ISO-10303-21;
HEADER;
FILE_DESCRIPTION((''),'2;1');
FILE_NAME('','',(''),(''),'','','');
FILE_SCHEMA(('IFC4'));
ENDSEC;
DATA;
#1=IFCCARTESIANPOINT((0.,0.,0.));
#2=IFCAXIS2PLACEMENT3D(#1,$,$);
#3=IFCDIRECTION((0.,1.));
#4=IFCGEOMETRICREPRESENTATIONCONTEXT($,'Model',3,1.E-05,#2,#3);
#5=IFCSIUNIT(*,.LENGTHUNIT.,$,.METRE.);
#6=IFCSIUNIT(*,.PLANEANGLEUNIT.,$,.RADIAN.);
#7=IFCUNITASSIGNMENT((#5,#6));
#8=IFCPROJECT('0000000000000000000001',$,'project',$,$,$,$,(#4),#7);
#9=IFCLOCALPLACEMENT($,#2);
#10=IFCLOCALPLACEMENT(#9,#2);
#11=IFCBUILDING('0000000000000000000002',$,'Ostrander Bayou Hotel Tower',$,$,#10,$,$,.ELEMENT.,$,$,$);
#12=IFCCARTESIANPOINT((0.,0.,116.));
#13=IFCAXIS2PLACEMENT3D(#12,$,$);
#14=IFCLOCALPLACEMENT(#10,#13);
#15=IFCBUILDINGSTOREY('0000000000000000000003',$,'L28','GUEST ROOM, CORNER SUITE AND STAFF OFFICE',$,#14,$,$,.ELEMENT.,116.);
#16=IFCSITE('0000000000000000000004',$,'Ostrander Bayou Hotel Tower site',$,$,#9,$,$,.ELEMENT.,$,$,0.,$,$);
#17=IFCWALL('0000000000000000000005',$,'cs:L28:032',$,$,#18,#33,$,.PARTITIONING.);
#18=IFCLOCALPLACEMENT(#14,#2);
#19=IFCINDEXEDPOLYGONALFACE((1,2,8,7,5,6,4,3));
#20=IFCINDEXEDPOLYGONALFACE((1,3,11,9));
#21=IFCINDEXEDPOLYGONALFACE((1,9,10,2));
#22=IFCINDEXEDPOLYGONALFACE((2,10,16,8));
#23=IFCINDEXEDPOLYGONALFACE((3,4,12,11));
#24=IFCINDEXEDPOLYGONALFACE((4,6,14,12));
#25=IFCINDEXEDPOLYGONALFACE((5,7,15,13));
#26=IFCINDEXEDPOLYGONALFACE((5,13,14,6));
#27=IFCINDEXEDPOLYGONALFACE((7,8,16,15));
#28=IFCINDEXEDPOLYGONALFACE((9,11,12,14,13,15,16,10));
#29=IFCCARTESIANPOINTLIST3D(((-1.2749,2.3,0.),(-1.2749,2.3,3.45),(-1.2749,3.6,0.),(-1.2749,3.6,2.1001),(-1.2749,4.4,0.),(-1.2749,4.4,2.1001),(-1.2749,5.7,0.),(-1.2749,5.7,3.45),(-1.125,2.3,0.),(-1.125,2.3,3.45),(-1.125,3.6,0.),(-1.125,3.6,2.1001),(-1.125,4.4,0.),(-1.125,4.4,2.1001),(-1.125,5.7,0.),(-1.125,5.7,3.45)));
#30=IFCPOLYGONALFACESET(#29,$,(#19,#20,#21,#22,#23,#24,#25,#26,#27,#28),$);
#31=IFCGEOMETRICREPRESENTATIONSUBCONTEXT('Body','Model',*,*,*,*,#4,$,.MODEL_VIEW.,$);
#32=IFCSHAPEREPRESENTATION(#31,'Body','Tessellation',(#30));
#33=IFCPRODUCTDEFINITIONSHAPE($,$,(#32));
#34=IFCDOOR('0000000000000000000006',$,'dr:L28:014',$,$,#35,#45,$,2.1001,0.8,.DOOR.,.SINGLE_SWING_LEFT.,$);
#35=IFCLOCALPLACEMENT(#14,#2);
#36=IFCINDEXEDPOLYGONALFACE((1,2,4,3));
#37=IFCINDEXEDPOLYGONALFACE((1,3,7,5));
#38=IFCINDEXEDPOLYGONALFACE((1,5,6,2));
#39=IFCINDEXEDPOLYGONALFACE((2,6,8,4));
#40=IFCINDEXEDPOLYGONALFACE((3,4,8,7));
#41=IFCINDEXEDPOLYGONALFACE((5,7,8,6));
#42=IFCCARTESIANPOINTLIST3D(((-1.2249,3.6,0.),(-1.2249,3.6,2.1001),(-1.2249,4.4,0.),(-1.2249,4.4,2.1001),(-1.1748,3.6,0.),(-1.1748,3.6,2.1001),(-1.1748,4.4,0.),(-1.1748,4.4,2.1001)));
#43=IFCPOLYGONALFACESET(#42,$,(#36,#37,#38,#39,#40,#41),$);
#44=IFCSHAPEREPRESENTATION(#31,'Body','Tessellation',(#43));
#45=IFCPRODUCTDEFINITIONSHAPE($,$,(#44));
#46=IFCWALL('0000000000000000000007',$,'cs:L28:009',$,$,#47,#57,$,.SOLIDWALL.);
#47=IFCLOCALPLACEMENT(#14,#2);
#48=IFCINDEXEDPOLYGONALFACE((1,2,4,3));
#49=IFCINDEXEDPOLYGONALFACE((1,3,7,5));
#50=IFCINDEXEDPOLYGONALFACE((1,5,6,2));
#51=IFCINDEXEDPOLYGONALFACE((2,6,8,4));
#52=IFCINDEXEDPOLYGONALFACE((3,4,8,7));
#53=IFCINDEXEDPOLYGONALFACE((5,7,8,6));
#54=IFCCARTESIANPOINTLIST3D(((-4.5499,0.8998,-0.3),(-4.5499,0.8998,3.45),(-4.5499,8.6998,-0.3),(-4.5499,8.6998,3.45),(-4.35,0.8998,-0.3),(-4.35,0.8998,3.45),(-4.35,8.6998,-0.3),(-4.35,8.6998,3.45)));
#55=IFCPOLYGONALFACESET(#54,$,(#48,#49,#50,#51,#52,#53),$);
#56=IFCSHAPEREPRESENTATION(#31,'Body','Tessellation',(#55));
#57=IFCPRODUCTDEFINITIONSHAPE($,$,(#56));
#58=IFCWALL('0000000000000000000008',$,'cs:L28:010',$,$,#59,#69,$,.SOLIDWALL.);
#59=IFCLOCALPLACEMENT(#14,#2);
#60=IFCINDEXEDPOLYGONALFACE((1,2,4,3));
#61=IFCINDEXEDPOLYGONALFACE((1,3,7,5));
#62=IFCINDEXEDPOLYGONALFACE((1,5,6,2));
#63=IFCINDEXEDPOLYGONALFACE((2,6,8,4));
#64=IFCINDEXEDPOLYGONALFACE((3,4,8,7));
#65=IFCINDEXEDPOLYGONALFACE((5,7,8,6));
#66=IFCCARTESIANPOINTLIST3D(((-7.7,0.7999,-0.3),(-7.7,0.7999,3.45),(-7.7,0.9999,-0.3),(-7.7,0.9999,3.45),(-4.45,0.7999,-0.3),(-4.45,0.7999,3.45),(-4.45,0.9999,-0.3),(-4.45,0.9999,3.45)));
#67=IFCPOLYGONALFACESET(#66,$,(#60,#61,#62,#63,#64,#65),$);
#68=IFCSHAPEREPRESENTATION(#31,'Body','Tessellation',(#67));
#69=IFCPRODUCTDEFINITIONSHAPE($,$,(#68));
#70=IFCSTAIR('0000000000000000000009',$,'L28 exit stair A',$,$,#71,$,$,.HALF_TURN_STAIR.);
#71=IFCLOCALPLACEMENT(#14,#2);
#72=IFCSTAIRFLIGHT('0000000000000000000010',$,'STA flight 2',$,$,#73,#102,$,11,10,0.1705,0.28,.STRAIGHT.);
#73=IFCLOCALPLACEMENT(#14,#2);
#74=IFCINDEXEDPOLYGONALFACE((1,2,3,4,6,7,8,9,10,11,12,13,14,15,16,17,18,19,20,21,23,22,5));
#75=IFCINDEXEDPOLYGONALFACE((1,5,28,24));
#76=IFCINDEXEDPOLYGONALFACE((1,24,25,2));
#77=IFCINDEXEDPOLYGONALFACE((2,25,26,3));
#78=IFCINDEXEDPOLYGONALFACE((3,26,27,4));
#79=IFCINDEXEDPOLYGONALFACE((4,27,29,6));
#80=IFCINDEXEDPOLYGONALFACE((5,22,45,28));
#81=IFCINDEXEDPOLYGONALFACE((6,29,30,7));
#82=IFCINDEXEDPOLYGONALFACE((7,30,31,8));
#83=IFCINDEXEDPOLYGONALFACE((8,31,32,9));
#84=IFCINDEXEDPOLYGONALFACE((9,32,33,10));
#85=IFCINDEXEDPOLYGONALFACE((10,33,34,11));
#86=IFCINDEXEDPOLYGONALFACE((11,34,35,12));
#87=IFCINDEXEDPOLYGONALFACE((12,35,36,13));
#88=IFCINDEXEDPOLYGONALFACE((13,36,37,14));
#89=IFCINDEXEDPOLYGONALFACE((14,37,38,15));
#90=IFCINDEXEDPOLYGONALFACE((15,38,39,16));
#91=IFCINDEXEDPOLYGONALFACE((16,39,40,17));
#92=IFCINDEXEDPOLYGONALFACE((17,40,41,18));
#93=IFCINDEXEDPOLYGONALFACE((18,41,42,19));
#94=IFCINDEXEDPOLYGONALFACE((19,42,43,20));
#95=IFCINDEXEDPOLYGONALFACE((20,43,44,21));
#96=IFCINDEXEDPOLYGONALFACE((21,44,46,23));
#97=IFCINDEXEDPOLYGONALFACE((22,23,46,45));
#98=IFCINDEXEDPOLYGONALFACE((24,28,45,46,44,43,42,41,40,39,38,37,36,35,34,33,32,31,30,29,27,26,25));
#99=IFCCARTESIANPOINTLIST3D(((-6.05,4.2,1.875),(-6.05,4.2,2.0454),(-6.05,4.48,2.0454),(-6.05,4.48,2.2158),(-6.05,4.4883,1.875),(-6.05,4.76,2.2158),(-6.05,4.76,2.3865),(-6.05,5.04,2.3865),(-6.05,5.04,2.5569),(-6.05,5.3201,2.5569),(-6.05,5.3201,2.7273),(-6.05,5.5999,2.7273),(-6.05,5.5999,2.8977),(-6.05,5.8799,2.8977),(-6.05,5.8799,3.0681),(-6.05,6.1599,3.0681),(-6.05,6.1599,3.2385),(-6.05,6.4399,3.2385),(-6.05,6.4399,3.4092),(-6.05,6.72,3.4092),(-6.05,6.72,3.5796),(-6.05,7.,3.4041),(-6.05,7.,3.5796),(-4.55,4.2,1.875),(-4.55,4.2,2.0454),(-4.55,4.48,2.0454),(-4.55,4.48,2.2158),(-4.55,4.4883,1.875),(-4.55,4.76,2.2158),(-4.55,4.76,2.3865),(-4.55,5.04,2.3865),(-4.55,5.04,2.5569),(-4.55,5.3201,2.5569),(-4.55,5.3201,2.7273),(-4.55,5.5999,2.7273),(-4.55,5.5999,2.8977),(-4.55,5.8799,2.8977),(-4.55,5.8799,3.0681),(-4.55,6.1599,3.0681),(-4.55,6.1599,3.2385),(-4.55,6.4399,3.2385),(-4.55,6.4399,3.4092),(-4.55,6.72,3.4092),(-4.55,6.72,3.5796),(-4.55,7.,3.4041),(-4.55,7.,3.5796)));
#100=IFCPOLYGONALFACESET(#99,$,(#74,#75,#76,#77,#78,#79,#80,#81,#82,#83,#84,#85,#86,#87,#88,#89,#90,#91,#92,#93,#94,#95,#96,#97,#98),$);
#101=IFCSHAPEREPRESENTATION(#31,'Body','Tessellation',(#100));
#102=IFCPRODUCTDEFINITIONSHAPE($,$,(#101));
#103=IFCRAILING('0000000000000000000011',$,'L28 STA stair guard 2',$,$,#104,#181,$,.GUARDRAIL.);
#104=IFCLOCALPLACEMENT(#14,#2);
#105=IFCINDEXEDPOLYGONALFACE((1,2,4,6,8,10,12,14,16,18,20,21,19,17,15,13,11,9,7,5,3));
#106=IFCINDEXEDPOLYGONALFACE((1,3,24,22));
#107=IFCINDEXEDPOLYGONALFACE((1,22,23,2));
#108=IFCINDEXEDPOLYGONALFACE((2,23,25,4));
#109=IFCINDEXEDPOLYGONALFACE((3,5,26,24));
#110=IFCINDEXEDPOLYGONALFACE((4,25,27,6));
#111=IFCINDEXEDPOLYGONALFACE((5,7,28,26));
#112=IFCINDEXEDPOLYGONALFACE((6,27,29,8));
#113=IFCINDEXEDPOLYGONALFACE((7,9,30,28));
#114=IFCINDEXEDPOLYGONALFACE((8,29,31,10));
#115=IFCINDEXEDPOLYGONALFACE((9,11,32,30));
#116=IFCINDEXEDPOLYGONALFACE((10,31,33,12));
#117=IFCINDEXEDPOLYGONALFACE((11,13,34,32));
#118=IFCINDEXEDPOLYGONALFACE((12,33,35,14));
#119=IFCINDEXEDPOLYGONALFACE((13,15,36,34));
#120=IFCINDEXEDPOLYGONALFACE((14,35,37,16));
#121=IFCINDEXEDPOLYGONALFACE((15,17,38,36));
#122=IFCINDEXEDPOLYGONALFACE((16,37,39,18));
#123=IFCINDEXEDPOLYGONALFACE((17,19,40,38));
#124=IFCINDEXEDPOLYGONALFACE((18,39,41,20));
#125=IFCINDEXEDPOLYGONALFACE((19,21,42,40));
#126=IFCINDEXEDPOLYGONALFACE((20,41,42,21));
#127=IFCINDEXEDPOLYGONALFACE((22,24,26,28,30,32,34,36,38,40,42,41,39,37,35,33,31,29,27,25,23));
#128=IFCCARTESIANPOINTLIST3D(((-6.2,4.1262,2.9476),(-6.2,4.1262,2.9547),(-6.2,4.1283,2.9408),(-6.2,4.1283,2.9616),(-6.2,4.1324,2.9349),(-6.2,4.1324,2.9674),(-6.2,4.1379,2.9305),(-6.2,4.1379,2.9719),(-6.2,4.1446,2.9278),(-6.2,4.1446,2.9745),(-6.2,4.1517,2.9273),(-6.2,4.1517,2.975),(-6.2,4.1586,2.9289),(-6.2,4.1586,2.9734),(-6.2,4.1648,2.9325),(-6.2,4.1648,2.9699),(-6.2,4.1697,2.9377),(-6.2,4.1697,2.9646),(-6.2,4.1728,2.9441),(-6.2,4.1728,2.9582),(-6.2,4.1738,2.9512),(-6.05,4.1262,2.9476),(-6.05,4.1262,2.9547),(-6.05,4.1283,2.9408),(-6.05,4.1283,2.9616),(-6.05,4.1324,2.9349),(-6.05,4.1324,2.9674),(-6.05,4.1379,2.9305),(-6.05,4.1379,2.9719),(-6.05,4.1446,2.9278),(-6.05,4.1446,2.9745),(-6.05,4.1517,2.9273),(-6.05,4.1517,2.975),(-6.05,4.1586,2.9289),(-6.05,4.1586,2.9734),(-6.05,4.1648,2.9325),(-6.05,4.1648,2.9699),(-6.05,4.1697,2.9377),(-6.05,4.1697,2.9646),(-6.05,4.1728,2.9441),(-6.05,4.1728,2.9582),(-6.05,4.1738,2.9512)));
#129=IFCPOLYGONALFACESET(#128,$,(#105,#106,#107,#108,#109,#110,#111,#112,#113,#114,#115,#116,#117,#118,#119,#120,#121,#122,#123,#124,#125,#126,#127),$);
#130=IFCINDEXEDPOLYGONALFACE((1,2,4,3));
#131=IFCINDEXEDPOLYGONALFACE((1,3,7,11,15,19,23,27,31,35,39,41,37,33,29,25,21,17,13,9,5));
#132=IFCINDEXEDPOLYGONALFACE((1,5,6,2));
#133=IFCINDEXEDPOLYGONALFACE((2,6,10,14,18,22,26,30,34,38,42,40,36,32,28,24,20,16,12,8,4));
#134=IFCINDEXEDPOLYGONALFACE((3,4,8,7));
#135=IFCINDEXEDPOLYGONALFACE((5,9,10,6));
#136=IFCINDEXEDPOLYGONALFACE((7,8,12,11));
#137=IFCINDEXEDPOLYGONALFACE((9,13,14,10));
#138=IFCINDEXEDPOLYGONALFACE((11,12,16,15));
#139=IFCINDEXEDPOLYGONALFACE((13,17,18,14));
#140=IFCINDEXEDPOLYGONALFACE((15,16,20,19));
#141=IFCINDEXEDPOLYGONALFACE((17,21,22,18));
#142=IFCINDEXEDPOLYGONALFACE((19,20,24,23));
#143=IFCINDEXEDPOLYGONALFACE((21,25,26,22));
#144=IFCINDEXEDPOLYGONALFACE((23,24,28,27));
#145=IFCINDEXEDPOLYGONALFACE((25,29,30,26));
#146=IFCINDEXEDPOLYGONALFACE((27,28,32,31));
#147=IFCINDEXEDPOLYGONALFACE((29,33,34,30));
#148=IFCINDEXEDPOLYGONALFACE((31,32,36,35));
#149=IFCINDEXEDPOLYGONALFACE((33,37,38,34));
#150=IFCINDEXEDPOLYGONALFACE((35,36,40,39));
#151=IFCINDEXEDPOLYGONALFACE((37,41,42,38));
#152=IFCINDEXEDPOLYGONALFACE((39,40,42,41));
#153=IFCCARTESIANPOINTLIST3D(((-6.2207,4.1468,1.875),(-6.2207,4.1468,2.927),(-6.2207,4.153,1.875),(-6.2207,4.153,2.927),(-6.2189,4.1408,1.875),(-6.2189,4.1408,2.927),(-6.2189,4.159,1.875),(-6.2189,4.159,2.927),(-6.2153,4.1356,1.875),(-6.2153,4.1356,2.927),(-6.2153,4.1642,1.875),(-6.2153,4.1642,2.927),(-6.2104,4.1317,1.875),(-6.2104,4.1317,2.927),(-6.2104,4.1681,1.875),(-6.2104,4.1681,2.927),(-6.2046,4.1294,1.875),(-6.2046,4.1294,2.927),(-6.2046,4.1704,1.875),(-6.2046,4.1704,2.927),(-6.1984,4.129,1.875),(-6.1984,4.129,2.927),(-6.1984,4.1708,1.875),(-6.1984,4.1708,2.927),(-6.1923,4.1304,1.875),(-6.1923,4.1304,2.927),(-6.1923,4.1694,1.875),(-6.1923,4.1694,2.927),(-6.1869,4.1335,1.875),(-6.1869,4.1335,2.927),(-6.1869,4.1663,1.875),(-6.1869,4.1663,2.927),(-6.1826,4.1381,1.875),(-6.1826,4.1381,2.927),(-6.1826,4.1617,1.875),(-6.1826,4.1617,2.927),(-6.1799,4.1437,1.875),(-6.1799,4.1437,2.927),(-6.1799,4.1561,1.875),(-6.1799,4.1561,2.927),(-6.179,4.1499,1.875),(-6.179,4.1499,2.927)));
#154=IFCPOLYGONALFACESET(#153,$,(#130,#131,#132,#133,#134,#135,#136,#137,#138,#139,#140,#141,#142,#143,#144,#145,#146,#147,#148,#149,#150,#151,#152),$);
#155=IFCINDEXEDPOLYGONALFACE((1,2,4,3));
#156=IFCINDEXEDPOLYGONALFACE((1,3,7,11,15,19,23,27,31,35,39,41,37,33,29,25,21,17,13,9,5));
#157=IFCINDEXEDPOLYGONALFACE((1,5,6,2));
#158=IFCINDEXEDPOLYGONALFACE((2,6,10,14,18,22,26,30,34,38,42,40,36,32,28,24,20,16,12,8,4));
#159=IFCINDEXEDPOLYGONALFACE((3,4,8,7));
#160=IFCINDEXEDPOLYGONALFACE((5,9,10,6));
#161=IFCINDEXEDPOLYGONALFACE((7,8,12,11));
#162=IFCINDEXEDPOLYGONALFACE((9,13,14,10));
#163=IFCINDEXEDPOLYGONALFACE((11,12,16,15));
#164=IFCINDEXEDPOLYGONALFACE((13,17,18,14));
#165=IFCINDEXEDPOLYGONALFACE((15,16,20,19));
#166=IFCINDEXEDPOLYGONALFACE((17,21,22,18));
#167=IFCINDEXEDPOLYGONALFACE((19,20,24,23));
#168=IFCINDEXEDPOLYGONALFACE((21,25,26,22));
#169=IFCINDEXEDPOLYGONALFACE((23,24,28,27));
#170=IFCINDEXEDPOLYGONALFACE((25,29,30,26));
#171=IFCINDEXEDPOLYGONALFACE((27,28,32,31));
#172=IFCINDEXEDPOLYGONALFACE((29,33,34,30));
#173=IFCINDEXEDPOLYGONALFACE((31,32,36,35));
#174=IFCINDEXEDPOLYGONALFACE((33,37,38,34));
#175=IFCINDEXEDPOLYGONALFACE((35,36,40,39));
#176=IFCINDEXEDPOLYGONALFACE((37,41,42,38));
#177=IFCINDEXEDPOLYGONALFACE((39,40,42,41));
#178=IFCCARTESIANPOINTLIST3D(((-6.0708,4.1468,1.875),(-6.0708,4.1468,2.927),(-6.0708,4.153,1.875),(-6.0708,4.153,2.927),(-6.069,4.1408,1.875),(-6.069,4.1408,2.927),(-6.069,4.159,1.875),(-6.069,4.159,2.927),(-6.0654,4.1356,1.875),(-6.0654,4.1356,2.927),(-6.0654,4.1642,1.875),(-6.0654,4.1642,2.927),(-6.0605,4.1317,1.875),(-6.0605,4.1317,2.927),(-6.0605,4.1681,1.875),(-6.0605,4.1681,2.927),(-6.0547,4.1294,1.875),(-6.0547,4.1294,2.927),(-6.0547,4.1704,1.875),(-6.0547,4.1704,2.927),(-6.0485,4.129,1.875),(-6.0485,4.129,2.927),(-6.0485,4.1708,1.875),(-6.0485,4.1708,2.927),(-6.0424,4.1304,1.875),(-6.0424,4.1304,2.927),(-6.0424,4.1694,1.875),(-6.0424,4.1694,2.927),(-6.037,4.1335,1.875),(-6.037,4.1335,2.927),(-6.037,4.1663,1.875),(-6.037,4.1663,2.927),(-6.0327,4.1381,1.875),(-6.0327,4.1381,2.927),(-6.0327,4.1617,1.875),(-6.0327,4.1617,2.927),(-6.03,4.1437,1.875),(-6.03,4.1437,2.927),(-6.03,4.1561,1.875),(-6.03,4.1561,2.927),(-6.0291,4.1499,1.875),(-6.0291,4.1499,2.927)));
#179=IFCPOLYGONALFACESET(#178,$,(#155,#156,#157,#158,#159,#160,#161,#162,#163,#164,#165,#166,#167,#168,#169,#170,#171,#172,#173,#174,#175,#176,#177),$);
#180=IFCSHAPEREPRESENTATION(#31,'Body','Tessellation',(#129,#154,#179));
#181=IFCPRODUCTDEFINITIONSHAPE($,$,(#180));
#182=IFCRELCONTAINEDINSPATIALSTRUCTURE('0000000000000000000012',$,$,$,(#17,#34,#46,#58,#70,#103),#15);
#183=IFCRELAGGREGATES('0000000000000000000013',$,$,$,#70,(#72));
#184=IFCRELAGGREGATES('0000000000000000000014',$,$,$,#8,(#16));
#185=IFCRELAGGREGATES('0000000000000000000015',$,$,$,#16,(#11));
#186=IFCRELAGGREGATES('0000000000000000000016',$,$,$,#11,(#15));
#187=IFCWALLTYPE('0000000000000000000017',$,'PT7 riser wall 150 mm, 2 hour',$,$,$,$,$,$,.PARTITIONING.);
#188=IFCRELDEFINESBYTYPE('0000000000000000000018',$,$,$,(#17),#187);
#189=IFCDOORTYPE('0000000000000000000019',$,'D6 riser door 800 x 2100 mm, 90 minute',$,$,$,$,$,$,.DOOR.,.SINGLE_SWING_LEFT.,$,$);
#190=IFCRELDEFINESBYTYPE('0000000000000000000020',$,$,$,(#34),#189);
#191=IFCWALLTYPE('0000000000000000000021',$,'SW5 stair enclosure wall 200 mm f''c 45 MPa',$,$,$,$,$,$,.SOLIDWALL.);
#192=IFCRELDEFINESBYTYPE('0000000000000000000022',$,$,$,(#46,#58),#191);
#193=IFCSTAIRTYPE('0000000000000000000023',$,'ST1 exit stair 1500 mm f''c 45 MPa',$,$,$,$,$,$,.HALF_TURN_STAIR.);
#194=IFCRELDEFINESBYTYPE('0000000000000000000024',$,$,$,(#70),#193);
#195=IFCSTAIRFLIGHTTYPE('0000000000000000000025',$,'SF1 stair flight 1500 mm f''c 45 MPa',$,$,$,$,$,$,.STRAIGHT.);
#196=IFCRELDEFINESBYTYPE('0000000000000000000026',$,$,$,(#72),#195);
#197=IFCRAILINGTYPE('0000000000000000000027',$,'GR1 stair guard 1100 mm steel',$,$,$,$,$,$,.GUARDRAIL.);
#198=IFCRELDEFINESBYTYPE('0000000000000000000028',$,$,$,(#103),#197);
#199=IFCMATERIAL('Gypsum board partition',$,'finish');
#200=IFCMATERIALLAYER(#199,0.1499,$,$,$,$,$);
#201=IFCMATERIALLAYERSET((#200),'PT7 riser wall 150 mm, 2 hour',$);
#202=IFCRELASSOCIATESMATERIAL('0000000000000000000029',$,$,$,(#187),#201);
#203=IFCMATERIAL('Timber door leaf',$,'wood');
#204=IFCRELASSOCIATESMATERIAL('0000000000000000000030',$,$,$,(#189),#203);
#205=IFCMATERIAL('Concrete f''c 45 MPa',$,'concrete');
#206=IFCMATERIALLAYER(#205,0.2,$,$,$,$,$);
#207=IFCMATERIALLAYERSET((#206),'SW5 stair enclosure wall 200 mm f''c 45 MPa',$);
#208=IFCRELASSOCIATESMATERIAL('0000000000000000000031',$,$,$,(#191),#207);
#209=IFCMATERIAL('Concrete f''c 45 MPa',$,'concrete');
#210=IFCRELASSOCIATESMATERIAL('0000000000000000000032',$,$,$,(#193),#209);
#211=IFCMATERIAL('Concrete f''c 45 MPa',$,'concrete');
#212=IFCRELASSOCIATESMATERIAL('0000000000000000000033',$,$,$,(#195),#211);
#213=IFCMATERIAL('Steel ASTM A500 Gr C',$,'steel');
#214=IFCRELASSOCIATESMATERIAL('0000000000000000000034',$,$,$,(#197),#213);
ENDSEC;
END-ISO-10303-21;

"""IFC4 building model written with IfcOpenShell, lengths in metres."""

from ifc_helpers import new_model, si_unit, direction, frame, frame_2d, origin, origin_2d, place, context, subcontext, project, spatial, polyline, rectangle, circle, outline, extrude, material, layer, layer_set, type_object, element, fill, aggregate, save


model = new_model("IFC4")

# Units and contexts
model_context = context("Model", 3, precision=1e-05, world=origin(), true_north=direction((0.0, 1.0)))
body_context = subcontext(model_context, "Body", "Model", "MODEL_VIEW")
ifc_project = project(units=[si_unit("LENGTHUNIT", "METRE"), si_unit("PLANEANGLEUNIT", "RADIAN")], contexts=[model_context])

# Site, building, storey
site_placement = place(None, origin())
site = spatial("IfcSite", under=ifc_project, at=site_placement, Name="Ostrander Bayou Hotel Tower site", CompositionType="ELEMENT", RefElevation=0.0)
building_placement = place(site_placement, origin())
building = spatial("IfcBuilding", under=site, at=building_placement, Name="Ostrander Bayou Hotel Tower", CompositionType="ELEMENT")
storey_placement = place(building_placement, frame((0.0, 0.0, 116.0)))
storey = spatial("IfcBuildingStorey", under=building, at=storey_placement, Name="L28", Description="GUEST ROOM, CORNER SUITE AND STAFF OFFICE", CompositionType="ELEMENT", Elevation=116.0)

# Shared definitions
ifc_material_1 = material(Name="Gypsum board partition", Category="finish")
ifc_layer_1 = layer(ifc_material_1, 0.1499)
ifc_layer_set_1 = layer_set([ifc_layer_1], Name="PT7 riser wall 150 mm, 2 hour")
wall_type_1 = type_object("IfcWallType", Name="PT7 riser wall 150 mm, 2 hour", PredefinedType="PARTITIONING", material=ifc_layer_set_1)

# Wall, opening, door
wall_1_placement = place(storey_placement, frame((-1.2, 2.3, 0.0), z_axis=(0.0, 0.0, 1.0), x_axis=(0.0, 1.0, 0.0)))
wall_1 = element("IfcWall", 1, at=wall_1_placement, inside=storey, type_object=wall_type_1, Name="cs:L28:032", PredefinedType="PARTITIONING", context=body_context, shape_type="SweptSolid", body=[
    extrude(rectangle(XDim=3.3999, YDim=0.1499, at=frame_2d((1.7, 0.0))), origin(), (0.0, 0.0, 1.0), 3.45),
])
opening_1_placement = place(wall_1_placement, frame((1.3, 0.0, 0.0)))
opening_1 = element("IfcOpeningElement", 2, at=opening_1_placement, cuts=wall_1, PredefinedType="OPENING", context=body_context, shape_type="SweptSolid", body=[
    extrude(rectangle(XDim=0.8, YDim=2.1001, at=frame_2d((0.3999, 1.05))), frame((0.0, 0.075, 0.0), z_axis=(0.0, -1.0, 0.0), x_axis=(1.0, 0.0, 0.0)), (0.0, 0.0, 1.0), 0.1499),
])
ifc_material_2 = material(Name="Timber door leaf", Category="wood")
door_type_1 = type_object("IfcDoorType", Name="D6 riser door 800 x 2100 mm, 90 minute", OperationType="SINGLE_SWING_LEFT", PredefinedType="DOOR", material=ifc_material_2)
door_1_placement = place(opening_1_placement, origin())
door_1 = element("IfcDoor", 3, at=door_1_placement, inside=storey, type_object=door_type_1, Name="dr:L28:014", OperationType="SINGLE_SWING_LEFT", OverallHeight=2.1001, OverallWidth=0.8, PredefinedType="DOOR", context=body_context, shape_type="SweptSolid", body=[
    extrude(rectangle(XDim=0.8, YDim=2.1001, at=frame_2d((0.3999, 1.05))), frame((0.0, 0.0249, 0.0), z_axis=(0.0, -1.0, 0.0), x_axis=(1.0, 0.0, 0.0)), (0.0, 0.0, 1.0), 0.05),
])
fill(opening_1, door_1)

# Walls
ifc_material_3 = material(Name="Concrete f'c 45 MPa", Category="concrete")
ifc_layer_2 = layer(ifc_material_3, 0.2)
ifc_layer_set_2 = layer_set([ifc_layer_2], Name="SW5 stair enclosure wall 200 mm f'c 45 MPa")
wall_type_2 = type_object("IfcWallType", Name="SW5 stair enclosure wall 200 mm f'c 45 MPa", PredefinedType="SOLIDWALL", material=ifc_layer_set_2)
wall_2_placement = place(storey_placement, frame((-4.45, 0.8999, -0.3), z_axis=(0.0, 0.0, 1.0), x_axis=(0.0, 1.0, 0.0)))
element("IfcWall", 4, at=wall_2_placement, inside=storey, type_object=wall_type_2, Name="cs:L28:009", PredefinedType="SOLIDWALL", context=body_context, shape_type="SweptSolid", body=[
    extrude(rectangle(XDim=7.8, YDim=0.2, at=frame_2d((3.8999, 0.0))), origin(), (0.0, 0.0, 1.0), 3.75),
])
wall_3_placement = place(storey_placement, frame((-7.7, 0.8999, -0.3), z_axis=(0.0, 0.0, 1.0), x_axis=(1.0, 0.0, 0.0)))
element("IfcWall", 5, at=wall_3_placement, inside=storey, type_object=wall_type_2, Name="cs:L28:010", PredefinedType="SOLIDWALL", context=body_context, shape_type="SweptSolid", body=[
    extrude(rectangle(XDim=3.25, YDim=0.2, at=frame_2d((1.625, 0.0))), origin(), (0.0, 0.0, 1.0), 3.75),
])

# Stair, stair flight
ifc_material_4 = material(Name="Concrete f'c 45 MPa", Category="concrete")
stair_type = type_object("IfcStairType", Name="ST1 exit stair 1500 mm f'c 45 MPa", PredefinedType="HALF_TURN_STAIR", material=ifc_material_4)
stair_placement = place(storey_placement, origin())
stair = element("IfcStair", 6, at=stair_placement, inside=storey, type_object=stair_type, Name="L28 exit stair A", PredefinedType="HALF_TURN_STAIR")
ifc_material_5 = material(Name="Concrete f'c 45 MPa", Category="concrete")
stair_flight_type = type_object("IfcStairFlightType", Name="SF1 stair flight 1500 mm f'c 45 MPa", PredefinedType="STRAIGHT", material=ifc_material_5)
stair_flight_placement = place(storey_placement, frame((-5.3, 4.2, 1.875), z_axis=(0.0, 0.0, 1.0), x_axis=(0.0, 1.0, 0.0)))
stair_flight = element("IfcStairFlight", 7, at=stair_flight_placement, type_object=stair_flight_type, Name="STA flight 2", NumberOfRisers=11, NumberOfTreads=10, PredefinedType="STRAIGHT", RiserHeight=0.1705, TreadLength=0.28, context=body_context, shape_type="SweptSolid", body=[
    extrude(outline(polyline([(0.0, 0.0), (0.0, 0.1704), (0.28, 0.1704), (0.28, 0.3408), (0.5601, 0.3408), (0.5601, 0.5115), (0.8401, 0.5115), (0.8401, 0.6819), (1.1201, 0.6819), (1.1201, 0.8523), (1.3999, 0.8523), (1.3999, 1.0227), (1.6799, 1.0227), (1.6799, 1.1931), (1.96, 1.1931), (1.96, 1.3635), (2.24, 1.3635), (2.24, 1.5342), (2.52, 1.5342), (2.52, 1.7046), (2.8, 1.7046), (2.8, 1.875), (2.8, 1.5291), (0.2883, 0.0), (0.0, 0.0)])), frame((0.0, 0.75, 0.0), z_axis=(0.0, -1.0, 0.0), x_axis=(1.0, 0.0, 0.0)), (0.0, 0.0, 1.0), 1.5),
])
aggregate(stair, [stair_flight])

# Railing
ifc_material_6 = material(Name="Steel ASTM A500 Gr C", Category="steel")
railing_type_1 = type_object("IfcRailingType", Name="GR1 stair guard 1100 mm steel", PredefinedType="GUARDRAIL", material=ifc_material_6)
railing_1_placement = place(storey_placement, frame((-6.2, 4.1499, 1.875)))
element("IfcRailing", 8, at=railing_1_placement, inside=storey, type_object=railing_type_1, Name="L28 STA stair guard 2", PredefinedType="GUARDRAIL", context=body_context, shape_type="SweptSolid", body=[
    extrude(circle(Radius=0.0239, at=origin_2d()), frame((0.0, 0.0, 1.0762), z_axis=(1.0, 0.0, 0.0), x_axis=(0.0, 1.0, 0.0)), (0.0, 0.0, 1.0), 0.1499),
    extrude(circle(Radius=0.021, at=origin_2d()), origin(), (0.0, 0.0, 1.0), 1.052),
    extrude(circle(Radius=0.021, at=origin_2d()), frame((0.1499, 0.0, 0.0)), (0.0, 0.0, 1.0), 1.052),
])

save(model, "model.ifc")
